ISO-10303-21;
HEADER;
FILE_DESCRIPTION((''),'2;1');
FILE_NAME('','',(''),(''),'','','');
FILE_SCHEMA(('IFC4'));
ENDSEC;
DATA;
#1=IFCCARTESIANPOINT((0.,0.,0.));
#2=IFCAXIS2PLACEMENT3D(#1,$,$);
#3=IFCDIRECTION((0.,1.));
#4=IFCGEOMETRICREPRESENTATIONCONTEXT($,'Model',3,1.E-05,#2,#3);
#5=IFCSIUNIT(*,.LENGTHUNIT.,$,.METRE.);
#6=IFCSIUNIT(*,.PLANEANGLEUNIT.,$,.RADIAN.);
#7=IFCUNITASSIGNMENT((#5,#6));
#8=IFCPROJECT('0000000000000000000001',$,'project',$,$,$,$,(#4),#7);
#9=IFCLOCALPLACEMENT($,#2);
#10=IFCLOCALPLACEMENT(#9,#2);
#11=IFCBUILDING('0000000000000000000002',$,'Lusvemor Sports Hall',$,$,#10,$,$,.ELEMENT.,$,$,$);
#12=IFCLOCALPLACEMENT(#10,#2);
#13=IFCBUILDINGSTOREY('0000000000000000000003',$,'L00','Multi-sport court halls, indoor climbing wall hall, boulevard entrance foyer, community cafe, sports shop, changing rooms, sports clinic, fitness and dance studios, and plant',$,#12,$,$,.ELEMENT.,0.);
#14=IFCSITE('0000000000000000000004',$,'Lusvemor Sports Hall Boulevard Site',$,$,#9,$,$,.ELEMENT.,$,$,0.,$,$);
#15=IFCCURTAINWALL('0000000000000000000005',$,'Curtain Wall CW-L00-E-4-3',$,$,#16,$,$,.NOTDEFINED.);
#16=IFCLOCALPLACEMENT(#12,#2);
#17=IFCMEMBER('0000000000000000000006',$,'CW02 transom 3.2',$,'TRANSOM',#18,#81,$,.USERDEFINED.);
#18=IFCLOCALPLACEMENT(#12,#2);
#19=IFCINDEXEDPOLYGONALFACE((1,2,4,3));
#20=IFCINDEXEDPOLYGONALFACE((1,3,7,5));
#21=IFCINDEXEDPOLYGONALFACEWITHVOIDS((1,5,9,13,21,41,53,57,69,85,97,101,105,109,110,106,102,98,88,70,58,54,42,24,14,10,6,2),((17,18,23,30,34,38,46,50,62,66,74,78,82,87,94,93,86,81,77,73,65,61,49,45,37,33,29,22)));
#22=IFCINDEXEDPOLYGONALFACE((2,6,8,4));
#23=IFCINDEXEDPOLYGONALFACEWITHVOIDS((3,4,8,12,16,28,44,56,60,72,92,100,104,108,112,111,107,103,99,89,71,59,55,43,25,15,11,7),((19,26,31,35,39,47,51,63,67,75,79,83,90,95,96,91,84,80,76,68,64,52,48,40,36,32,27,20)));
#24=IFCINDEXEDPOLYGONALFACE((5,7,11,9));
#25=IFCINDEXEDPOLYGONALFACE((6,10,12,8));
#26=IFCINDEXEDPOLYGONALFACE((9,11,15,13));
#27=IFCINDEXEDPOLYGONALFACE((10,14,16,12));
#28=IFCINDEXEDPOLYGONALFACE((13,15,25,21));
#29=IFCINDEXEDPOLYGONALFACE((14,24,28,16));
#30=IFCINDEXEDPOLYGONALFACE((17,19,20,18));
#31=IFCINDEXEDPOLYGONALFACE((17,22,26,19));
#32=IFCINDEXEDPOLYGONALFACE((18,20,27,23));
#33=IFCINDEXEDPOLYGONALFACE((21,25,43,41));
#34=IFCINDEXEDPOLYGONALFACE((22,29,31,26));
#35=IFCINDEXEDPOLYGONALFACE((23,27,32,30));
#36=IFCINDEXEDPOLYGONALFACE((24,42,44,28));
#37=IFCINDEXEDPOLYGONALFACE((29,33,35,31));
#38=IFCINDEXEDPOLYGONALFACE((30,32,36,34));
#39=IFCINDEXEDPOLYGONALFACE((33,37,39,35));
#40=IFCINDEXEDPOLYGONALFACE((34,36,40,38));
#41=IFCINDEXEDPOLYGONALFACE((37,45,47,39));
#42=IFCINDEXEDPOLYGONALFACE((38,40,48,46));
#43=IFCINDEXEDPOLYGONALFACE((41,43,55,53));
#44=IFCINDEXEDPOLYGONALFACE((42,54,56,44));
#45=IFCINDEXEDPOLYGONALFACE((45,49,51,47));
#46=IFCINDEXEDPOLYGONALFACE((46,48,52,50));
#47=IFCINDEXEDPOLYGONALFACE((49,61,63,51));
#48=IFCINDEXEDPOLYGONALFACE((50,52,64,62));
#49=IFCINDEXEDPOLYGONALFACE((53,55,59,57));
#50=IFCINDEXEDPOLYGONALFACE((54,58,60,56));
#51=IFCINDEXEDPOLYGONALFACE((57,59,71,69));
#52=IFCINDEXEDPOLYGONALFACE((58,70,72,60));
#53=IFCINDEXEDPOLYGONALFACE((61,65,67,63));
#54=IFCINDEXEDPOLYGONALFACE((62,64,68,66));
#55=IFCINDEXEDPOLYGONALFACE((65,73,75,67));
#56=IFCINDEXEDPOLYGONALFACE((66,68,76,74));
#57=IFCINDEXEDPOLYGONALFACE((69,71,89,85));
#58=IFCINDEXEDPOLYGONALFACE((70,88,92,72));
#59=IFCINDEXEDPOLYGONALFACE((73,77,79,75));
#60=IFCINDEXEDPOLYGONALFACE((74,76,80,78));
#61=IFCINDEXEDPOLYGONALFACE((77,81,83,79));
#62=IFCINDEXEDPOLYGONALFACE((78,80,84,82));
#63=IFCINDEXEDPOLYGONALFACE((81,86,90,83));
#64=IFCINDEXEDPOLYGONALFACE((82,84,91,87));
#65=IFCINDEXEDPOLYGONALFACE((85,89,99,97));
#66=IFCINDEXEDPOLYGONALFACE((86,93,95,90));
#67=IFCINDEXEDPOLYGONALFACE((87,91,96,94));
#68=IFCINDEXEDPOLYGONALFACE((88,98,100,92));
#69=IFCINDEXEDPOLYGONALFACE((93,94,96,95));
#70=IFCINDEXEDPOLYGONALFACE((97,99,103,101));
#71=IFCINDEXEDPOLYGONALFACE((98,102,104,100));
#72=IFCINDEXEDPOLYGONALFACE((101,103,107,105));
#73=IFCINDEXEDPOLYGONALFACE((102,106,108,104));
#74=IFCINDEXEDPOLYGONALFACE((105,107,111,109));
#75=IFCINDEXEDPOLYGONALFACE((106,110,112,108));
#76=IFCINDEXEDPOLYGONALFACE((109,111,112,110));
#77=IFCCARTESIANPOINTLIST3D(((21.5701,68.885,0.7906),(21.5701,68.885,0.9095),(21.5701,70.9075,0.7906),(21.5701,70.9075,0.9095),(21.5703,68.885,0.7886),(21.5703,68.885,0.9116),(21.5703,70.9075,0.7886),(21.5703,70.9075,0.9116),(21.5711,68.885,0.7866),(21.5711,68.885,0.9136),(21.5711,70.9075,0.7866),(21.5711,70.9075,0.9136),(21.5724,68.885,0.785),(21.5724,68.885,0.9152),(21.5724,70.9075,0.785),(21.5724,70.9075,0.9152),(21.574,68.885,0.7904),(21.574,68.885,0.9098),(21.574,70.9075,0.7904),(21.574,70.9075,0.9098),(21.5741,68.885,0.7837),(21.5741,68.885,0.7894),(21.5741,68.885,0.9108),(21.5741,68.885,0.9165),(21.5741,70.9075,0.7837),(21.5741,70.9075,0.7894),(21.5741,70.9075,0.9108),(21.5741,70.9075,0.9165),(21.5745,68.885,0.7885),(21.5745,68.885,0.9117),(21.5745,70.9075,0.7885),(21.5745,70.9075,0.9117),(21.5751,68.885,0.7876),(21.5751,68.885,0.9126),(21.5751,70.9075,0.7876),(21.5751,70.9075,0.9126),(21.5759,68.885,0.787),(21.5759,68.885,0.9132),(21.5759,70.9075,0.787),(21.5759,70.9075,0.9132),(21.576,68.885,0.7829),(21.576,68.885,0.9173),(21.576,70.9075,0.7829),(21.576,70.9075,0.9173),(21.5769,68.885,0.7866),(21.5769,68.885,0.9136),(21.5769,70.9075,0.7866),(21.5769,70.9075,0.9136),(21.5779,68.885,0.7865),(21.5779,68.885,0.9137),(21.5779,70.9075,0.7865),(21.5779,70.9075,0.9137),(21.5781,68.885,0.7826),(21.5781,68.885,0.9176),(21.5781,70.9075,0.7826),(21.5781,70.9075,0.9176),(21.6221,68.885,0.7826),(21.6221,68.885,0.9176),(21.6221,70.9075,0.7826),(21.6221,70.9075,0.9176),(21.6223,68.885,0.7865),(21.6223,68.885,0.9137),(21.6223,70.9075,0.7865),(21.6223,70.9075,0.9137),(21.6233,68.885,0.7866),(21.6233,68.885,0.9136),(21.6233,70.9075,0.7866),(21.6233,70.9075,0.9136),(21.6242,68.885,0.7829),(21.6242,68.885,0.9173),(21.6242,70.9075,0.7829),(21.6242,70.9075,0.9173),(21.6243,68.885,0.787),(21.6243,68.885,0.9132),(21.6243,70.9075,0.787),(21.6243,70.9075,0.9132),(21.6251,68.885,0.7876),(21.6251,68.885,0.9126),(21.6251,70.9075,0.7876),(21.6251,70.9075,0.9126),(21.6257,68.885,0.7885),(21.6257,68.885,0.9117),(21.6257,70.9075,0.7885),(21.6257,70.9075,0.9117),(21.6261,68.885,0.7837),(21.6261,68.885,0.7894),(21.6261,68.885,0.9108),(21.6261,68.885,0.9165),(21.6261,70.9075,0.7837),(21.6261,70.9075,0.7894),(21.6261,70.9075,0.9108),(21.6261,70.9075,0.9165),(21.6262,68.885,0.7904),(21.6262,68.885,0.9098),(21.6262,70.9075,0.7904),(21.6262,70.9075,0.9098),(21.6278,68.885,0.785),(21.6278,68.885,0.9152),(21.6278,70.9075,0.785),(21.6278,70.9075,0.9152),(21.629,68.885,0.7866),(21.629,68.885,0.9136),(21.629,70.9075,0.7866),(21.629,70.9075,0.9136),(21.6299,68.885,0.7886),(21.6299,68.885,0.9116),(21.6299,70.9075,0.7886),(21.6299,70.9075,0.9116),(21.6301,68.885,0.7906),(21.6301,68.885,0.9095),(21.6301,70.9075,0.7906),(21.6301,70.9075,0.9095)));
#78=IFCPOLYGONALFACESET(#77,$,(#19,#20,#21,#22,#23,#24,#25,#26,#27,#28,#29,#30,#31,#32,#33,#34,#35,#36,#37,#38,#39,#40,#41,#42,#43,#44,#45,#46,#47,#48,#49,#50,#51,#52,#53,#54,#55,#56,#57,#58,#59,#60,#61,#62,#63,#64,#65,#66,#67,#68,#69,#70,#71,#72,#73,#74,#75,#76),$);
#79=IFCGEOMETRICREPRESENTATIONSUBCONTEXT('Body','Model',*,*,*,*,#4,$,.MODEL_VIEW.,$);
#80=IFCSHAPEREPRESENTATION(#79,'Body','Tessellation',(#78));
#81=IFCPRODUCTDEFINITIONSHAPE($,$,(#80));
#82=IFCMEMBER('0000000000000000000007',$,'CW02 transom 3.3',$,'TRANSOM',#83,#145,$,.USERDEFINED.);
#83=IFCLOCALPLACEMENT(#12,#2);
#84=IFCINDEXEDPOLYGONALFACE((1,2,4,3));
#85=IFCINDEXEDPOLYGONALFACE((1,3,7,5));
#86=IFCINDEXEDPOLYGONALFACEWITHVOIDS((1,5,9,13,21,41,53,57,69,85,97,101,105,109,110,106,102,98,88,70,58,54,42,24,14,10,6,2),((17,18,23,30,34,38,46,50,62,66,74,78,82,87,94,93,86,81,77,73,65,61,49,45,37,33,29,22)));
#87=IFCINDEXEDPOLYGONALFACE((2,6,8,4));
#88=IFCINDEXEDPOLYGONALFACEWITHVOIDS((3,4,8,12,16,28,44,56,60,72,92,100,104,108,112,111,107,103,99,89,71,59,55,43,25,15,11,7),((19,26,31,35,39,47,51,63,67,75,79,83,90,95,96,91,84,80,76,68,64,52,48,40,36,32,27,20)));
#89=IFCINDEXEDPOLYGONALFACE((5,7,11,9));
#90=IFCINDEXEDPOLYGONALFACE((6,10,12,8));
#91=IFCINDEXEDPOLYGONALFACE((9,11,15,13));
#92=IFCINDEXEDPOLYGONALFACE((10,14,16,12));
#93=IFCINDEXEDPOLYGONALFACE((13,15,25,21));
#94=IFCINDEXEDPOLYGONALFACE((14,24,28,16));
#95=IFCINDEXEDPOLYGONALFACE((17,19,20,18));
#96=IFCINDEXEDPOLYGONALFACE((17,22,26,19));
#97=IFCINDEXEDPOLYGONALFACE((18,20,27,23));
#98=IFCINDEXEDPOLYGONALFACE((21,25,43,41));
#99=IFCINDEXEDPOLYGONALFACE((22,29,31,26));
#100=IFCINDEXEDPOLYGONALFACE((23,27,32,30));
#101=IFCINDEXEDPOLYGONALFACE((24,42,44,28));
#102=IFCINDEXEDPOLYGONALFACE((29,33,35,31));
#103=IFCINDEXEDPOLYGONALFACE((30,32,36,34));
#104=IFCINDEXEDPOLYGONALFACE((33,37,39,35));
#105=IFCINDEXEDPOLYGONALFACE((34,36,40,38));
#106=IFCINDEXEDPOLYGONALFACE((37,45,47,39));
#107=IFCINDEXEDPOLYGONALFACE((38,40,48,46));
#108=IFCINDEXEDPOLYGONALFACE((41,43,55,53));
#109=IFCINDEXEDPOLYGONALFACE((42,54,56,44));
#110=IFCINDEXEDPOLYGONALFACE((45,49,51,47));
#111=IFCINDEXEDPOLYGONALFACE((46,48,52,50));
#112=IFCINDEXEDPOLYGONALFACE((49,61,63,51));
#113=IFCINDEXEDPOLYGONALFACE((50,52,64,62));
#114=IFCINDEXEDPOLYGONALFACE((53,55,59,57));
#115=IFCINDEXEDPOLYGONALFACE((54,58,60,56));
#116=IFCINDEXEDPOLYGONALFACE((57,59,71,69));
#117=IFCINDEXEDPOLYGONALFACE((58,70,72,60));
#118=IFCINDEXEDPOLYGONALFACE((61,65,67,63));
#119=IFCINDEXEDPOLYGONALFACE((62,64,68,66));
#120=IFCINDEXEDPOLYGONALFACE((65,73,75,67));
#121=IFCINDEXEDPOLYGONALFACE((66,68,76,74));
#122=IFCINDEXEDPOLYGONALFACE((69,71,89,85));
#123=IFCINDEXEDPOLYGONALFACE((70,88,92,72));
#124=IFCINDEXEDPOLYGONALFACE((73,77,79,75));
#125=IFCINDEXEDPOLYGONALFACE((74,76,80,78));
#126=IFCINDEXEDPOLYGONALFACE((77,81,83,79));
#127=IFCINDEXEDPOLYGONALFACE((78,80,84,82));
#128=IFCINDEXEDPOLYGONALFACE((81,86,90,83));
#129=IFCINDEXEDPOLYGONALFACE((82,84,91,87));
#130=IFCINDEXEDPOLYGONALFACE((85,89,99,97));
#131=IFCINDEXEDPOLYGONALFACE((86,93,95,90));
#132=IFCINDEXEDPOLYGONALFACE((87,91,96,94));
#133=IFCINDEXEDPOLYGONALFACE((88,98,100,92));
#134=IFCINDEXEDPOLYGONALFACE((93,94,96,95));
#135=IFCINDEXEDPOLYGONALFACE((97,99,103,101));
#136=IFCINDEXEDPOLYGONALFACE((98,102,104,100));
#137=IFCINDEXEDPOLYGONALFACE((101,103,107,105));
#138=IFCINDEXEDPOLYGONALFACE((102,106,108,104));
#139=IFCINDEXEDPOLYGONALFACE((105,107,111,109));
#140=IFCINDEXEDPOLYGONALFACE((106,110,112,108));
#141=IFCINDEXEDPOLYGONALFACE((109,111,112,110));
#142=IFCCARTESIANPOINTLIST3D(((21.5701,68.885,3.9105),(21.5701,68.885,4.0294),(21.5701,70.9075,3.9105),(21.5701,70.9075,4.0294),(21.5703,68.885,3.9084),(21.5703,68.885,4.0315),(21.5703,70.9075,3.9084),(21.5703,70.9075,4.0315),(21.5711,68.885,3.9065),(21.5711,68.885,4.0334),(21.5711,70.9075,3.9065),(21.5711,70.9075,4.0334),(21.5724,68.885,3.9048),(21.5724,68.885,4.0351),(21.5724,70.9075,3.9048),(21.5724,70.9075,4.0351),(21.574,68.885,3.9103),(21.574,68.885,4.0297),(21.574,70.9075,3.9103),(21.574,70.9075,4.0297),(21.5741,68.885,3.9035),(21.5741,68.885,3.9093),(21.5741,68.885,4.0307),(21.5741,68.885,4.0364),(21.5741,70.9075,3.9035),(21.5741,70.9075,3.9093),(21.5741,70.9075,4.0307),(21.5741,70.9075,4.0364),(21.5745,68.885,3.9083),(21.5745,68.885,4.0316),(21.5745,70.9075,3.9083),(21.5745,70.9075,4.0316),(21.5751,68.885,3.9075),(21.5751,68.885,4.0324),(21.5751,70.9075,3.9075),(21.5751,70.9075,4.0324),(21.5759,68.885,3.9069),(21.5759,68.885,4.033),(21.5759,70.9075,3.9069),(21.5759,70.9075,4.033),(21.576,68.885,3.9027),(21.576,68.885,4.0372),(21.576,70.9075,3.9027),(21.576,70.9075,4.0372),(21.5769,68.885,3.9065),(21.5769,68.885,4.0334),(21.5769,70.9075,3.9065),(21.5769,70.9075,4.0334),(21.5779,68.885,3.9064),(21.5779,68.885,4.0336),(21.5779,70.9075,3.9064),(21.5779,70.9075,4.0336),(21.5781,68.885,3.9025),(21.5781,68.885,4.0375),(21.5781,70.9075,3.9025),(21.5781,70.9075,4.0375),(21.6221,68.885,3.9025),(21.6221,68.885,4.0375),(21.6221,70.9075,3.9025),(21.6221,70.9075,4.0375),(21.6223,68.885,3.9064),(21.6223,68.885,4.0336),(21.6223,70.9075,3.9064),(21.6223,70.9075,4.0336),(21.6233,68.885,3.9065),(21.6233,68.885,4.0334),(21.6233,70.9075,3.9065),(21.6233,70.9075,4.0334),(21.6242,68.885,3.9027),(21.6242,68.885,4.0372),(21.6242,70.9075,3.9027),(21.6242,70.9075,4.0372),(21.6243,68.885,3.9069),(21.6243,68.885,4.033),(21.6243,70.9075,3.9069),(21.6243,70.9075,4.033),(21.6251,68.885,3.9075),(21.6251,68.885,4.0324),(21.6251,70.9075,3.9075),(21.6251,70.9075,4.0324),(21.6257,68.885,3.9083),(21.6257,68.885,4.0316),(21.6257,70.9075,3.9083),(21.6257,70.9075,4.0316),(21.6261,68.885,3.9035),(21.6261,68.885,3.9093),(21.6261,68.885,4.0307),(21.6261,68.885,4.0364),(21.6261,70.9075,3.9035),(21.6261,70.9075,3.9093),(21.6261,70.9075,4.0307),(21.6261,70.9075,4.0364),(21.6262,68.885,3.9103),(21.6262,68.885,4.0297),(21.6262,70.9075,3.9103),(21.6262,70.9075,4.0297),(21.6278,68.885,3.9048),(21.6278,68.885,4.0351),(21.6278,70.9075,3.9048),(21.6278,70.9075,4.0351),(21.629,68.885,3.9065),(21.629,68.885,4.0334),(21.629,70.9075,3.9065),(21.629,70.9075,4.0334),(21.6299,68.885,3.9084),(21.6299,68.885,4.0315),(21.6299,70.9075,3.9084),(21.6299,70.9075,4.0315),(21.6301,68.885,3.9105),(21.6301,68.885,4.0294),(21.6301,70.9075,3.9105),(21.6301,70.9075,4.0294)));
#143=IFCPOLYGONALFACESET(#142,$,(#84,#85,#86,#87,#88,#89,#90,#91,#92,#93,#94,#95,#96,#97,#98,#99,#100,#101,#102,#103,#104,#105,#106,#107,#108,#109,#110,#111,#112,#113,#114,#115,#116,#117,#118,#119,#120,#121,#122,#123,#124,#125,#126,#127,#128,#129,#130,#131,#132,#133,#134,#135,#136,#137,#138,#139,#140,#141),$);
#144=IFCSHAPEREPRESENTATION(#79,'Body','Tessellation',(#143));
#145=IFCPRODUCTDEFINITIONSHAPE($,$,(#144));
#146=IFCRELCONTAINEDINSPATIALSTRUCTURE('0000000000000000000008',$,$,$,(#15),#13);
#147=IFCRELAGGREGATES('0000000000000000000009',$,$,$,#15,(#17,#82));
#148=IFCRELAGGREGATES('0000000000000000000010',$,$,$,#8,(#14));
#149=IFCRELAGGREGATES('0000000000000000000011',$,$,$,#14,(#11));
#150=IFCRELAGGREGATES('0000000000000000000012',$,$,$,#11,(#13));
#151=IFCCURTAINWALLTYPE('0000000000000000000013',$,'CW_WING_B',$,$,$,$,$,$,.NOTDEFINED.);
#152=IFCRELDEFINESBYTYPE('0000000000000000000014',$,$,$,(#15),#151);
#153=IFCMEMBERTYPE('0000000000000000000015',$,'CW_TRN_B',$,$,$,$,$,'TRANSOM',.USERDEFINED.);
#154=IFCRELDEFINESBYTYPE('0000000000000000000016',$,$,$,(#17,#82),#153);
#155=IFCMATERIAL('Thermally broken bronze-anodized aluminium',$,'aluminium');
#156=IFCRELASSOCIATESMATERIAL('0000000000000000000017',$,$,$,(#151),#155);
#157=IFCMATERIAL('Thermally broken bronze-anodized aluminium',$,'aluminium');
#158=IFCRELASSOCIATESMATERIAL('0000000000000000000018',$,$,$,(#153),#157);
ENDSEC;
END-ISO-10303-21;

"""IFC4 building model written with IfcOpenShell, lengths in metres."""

from ifc_helpers import new_model, si_unit, direction, frame, origin, origin_2d, place, context, subcontext, project, spatial, hollow_rectangle, extrude, material, material_profile, profile_set, type_object, element, aggregate, save


model = new_model("IFC4")

# Units and contexts
model_context = context("Model", 3, precision=1e-05, world=origin(), true_north=direction((0.0, 1.0)))
body_context = subcontext(model_context, "Body", "Model", "MODEL_VIEW")
ifc_project = project(units=[si_unit("LENGTHUNIT", "METRE"), si_unit("PLANEANGLEUNIT", "RADIAN")], contexts=[model_context])

# Site, building, storey
site_placement = place(None, origin())
site = spatial("IfcSite", under=ifc_project, at=site_placement, Name="Lusvemor Sports Hall Boulevard Site", CompositionType="ELEMENT", RefElevation=0.0)
building_placement = place(site_placement, origin())
building = spatial("IfcBuilding", under=site, at=building_placement, Name="Lusvemor Sports Hall", CompositionType="ELEMENT")
storey_placement = place(building_placement, origin())
storey = spatial("IfcBuildingStorey", under=building, at=storey_placement, Name="L00", Description="Multi-sport court halls, indoor climbing wall hall, boulevard entrance foyer, community cafe, sports shop, changing rooms, sports clinic, fitness and dance studios, and plant", CompositionType="ELEMENT", Elevation=0.0)

# Shared definitions
ifc_material_1 = material(Name="Thermally broken bronze-anodized aluminium", Category="aluminium")
curtain_wall_type = type_object("IfcCurtainWallType", Name="CW_WING_B", PredefinedType="NOTDEFINED", material=ifc_material_1)

# Curtain wall
curtain_wall_1_placement = place(storey_placement, origin())
curtain_wall_1 = element("IfcCurtainWall", 1, at=curtain_wall_1_placement, inside=storey, type_object=curtain_wall_type, Name="Curtain Wall CW-L00-E-4-3", PredefinedType="NOTDEFINED")

# Members
ifc_material_2 = material(Name="Thermally broken bronze-anodized aluminium", Category="aluminium")
ifc_material_profile_1 = material_profile(ifc_material_2, hollow_rectangle(XDim=0.0601, YDim=0.135, WallThickness=0.0039, InnerFilletRadius=0.0039, OuterFilletRadius=0.0081, at=origin_2d()), Name="CWTRN135x60x4")
ifc_profile_set_1 = profile_set([ifc_material_profile_1], Name="Thermally broken bronze-anodized aluminium")
member_type_1 = type_object("IfcMemberType", Name="CW_TRN_B", ElementType="TRANSOM", PredefinedType="USERDEFINED", material=ifc_profile_set_1)
member_1_placement = place(storey_placement, frame((21.6001, 70.9075, 0.8501), z_axis=(0.0, -1.0, 0.0), x_axis=(1.0, 0.0, 0.0)))
member_1 = element("IfcMember", 2, at=member_1_placement, type_object=member_type_1, Name="CW02 transom 3.2", ObjectType="TRANSOM", PredefinedType="USERDEFINED", context=body_context, shape_type="SweptSolid", body=[
    extrude(hollow_rectangle(XDim=0.0601, YDim=0.135, WallThickness=0.0039, InnerFilletRadius=0.0039, OuterFilletRadius=0.0081, at=origin_2d()), origin(), (0.0, 0.0, 1.0), 2.0225),
])
member_2_placement = place(storey_placement, frame((21.6001, 70.9075, 3.97), z_axis=(0.0, -1.0, 0.0), x_axis=(1.0, 0.0, 0.0)))
member_2 = element("IfcMember", 3, at=member_2_placement, type_object=member_type_1, Name="CW02 transom 3.3", ObjectType="TRANSOM", PredefinedType="USERDEFINED", context=body_context, shape_type="SweptSolid", body=[
    extrude(hollow_rectangle(XDim=0.0601, YDim=0.135, WallThickness=0.0039, InnerFilletRadius=0.0039, OuterFilletRadius=0.0081, at=origin_2d()), origin(), (0.0, 0.0, 1.0), 2.0225),
])

aggregate(curtain_wall_1, [member_1, member_2])

save(model, "model.ifc")
